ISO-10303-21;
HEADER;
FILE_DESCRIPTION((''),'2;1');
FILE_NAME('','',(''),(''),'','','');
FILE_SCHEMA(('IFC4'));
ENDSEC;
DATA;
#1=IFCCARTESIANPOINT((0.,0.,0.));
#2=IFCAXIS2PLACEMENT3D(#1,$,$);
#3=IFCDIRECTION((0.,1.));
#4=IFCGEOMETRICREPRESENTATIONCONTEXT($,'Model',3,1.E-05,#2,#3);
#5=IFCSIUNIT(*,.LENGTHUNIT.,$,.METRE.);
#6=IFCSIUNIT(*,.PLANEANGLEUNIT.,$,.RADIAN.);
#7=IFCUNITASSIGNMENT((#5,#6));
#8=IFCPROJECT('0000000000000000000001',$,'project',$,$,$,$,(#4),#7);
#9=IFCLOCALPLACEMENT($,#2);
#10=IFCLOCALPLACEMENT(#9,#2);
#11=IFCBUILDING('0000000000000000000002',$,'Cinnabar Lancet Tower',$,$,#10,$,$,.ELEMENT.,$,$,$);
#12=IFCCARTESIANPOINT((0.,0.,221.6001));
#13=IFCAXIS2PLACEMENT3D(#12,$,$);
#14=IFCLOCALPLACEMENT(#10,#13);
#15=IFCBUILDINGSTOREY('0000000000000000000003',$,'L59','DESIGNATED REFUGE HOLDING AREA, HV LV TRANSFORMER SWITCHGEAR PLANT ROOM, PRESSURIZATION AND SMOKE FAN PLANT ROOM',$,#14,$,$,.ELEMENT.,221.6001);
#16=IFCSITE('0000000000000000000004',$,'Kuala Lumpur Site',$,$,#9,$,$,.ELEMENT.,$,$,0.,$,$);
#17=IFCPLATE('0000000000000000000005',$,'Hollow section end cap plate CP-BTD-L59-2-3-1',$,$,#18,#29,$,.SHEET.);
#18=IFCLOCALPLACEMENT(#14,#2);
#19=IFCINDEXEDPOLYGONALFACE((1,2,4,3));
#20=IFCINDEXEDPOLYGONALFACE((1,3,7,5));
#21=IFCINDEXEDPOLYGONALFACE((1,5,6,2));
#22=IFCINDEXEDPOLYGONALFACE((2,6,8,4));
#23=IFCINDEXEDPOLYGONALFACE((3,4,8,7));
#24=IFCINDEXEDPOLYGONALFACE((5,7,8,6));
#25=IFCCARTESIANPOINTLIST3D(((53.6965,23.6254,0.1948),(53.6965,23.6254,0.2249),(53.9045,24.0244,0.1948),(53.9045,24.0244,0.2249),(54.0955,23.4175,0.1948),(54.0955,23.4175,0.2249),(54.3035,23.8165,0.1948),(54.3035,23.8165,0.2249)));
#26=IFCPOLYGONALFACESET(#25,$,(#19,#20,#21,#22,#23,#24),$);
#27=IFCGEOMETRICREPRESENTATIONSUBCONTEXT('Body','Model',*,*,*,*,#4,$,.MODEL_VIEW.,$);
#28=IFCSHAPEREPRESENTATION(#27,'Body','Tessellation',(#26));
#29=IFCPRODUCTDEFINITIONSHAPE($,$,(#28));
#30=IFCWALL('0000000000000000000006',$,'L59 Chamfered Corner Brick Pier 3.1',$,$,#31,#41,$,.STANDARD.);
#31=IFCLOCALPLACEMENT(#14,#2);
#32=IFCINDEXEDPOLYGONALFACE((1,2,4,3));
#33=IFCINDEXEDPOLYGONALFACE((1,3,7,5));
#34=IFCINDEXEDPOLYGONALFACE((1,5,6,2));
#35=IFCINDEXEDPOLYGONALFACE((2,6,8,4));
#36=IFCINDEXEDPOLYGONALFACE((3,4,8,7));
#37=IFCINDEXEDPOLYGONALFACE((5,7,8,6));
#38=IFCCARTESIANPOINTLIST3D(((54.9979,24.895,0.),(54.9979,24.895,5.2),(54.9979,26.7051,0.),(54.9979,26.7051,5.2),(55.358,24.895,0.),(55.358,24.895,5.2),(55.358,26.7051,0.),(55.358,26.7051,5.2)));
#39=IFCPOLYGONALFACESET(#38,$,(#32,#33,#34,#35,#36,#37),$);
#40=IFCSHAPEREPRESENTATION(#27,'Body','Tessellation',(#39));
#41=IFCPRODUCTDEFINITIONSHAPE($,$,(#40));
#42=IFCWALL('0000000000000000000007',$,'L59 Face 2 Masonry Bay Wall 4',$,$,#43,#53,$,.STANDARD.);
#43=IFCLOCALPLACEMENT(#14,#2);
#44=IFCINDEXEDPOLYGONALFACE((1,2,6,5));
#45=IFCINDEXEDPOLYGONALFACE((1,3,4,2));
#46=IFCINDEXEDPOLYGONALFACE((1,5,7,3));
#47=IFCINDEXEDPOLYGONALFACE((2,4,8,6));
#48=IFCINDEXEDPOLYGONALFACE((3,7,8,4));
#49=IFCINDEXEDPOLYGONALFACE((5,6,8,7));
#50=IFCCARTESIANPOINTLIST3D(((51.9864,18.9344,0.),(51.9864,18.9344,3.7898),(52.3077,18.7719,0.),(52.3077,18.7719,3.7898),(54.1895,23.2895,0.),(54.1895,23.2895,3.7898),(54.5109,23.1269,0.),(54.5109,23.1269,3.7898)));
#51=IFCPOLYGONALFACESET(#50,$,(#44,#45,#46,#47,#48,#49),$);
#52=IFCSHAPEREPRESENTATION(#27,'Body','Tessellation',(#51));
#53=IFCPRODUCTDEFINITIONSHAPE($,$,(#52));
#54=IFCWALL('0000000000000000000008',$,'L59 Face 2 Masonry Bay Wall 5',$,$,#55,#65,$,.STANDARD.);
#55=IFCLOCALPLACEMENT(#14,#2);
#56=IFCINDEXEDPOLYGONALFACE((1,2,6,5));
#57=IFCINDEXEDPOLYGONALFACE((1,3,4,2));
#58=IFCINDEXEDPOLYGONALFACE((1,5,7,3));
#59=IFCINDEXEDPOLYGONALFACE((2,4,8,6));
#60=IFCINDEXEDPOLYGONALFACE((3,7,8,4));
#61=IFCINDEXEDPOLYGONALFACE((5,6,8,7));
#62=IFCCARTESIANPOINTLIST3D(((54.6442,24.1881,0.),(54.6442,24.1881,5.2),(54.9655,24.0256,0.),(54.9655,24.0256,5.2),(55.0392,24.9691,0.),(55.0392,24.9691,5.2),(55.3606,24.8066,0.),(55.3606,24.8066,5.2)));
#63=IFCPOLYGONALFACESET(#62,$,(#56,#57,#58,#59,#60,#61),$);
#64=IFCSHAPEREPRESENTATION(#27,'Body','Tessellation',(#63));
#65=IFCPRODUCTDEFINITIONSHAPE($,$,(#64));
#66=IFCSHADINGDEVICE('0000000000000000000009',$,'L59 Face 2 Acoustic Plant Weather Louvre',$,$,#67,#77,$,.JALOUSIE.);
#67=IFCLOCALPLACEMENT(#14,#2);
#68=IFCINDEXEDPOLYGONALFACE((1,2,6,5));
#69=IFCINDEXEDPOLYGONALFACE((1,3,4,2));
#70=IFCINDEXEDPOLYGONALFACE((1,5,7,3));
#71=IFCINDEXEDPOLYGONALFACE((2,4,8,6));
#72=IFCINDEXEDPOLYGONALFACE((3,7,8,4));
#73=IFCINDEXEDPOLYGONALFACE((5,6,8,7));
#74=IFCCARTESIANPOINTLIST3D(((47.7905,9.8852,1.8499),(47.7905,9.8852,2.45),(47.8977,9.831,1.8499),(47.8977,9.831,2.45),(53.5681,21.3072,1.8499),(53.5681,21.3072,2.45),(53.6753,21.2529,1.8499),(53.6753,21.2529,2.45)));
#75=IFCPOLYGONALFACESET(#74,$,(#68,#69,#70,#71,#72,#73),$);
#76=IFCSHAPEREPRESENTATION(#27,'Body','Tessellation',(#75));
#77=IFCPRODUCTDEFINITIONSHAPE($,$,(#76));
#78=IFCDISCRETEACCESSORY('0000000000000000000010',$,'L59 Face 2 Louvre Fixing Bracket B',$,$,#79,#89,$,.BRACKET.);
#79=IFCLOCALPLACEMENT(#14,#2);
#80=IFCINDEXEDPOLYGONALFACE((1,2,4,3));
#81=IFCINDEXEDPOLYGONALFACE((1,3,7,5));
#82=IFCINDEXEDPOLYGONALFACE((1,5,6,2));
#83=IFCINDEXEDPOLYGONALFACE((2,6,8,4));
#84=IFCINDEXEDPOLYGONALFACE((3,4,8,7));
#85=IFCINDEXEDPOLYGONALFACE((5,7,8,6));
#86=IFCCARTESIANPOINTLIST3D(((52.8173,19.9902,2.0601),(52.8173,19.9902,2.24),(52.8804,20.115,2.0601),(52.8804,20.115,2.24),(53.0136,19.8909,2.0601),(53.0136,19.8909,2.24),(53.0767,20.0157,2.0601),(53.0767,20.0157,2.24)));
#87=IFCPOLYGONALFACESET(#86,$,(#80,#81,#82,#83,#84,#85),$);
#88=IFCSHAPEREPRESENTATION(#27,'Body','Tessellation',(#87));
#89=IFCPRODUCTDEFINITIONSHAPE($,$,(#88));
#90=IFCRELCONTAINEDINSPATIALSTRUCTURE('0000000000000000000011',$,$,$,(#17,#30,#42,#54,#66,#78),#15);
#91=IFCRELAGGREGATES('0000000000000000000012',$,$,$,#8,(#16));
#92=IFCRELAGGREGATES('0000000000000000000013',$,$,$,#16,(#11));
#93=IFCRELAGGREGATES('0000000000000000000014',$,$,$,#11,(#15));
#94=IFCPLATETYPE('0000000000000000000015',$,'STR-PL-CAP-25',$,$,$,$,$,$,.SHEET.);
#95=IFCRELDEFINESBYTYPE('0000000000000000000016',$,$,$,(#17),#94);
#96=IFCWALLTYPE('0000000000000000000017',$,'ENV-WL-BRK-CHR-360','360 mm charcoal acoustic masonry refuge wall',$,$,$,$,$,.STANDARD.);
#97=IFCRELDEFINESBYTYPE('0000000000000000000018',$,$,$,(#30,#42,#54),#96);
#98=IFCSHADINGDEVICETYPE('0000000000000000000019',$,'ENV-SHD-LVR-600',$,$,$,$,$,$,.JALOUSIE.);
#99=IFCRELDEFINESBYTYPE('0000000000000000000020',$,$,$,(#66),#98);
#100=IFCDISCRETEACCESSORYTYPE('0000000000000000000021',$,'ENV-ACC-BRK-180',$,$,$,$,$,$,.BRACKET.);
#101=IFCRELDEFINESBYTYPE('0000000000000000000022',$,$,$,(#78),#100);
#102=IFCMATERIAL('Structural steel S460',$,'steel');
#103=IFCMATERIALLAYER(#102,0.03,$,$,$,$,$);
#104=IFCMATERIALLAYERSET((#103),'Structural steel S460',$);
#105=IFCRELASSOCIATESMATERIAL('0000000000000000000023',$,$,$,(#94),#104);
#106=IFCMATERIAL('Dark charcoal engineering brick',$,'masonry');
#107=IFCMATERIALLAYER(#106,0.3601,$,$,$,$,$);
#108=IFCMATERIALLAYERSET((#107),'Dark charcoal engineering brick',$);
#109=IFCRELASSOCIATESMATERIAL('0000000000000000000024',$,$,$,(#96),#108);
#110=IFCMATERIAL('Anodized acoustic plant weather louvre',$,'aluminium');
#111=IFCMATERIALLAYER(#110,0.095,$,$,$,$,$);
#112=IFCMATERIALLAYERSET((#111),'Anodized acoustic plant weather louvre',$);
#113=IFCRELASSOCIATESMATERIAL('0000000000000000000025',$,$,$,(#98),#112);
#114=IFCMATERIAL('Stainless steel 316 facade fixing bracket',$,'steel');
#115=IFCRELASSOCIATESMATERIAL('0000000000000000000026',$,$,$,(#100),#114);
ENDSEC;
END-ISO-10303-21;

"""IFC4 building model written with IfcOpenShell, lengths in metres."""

from ifc_helpers import new_model, si_unit, direction, frame, frame_2d, origin, origin_2d, place, context, subcontext, project, spatial, rectangle, extrude, material, layer, layer_set, type_object, element, save


model = new_model("IFC4")

# Units and contexts
model_context = context("Model", 3, precision=1e-05, world=origin(), true_north=direction((0.0, 1.0)))
body_context = subcontext(model_context, "Body", "Model", "MODEL_VIEW")
ifc_project = project(units=[si_unit("LENGTHUNIT", "METRE"), si_unit("PLANEANGLEUNIT", "RADIAN")], contexts=[model_context])

# Site, building, storey
site_placement = place(None, origin())
site = spatial("IfcSite", under=ifc_project, at=site_placement, Name="Kuala Lumpur Site", CompositionType="ELEMENT", RefElevation=0.0)
building_placement = place(site_placement, origin())
building = spatial("IfcBuilding", under=site, at=building_placement, Name="Cinnabar Lancet Tower", CompositionType="ELEMENT")
storey_placement = place(building_placement, frame((0.0, 0.0, 221.6001)))
storey = spatial("IfcBuildingStorey", under=building, at=storey_placement, Name="L59", Description="DESIGNATED REFUGE HOLDING AREA, HV LV TRANSFORMER SWITCHGEAR PLANT ROOM, PRESSURIZATION AND SMOKE FAN PLANT ROOM", CompositionType="ELEMENT", Elevation=221.6001)

# Plate
ifc_material_1 = material(Name="Structural steel S460", Category="steel")
ifc_layer_1 = layer(ifc_material_1, 0.03)
ifc_layer_set_1 = layer_set([ifc_layer_1], Name="Structural steel S460")
plate_type = type_object("IfcPlateType", Name="STR-PL-CAP-25", PredefinedType="SHEET", material=ifc_layer_set_1)
for number, where, z_axis, x_axis, name in (
    (1, (54.0, 23.7209, 0.1948), (0.0, 0.0, 1.0), (0.46212, 0.886817, 0.0), "Hollow section end cap plate CP-BTD-L59-2-3-1"),
):
    element("IfcPlate", number, at=place(storey_placement, frame(where, z_axis=z_axis, x_axis=x_axis)), inside=storey, type_object=plate_type, Name=name, PredefinedType="SHEET", context=body_context, shape_type="SweptSolid", body=[
        extrude(rectangle(XDim=0.45, YDim=0.45, at=origin_2d()), origin(), (0.0, 0.0, 1.0), 0.03),
    ])

# Walls
ifc_material_2 = material(Name="Dark charcoal engineering brick", Category="masonry")
ifc_layer_2 = layer(ifc_material_2, 0.3601)
ifc_layer_set_2 = layer_set([ifc_layer_2], Name="Dark charcoal engineering brick")
wall_type = type_object("IfcWallType", Name="ENV-WL-BRK-CHR-360", Description="360 mm charcoal acoustic masonry refuge wall", PredefinedType="STANDARD", material=ifc_layer_set_2)
wall_1_placement = place(storey_placement, frame((55.178, 24.895, 0.0), z_axis=(0.0, 0.0, 1.0), x_axis=(0.0, 1.0, 0.0)))
element("IfcWall", 2, at=wall_1_placement, inside=storey, type_object=wall_type, Name="L59 Chamfered Corner Brick Pier 3.1", PredefinedType="STANDARD", context=body_context, shape_type="SweptSolid", body=[
    extrude(rectangle(XDim=1.8101, YDim=0.3601, at=frame_2d((0.905, 0.0))), origin(), (0.0, 0.0, 1.0), 5.2),
])
wall_2_placement = place(storey_placement, frame((52.147, 18.853, 0.0), z_axis=(0.0, 0.0, 1.0), x_axis=(0.451411, 0.892316, 0.0)))
element("IfcWall", 3, at=wall_2_placement, inside=storey, type_object=wall_type, Name="L59 Face 2 Masonry Bay Wall 4", PredefinedType="STANDARD", context=body_context, shape_type="SweptSolid", body=[
    extrude(rectangle(XDim=4.8806, YDim=0.3601, at=frame_2d((2.4404, 0.0))), origin(), (0.0, 0.0, 1.0), 3.7898),
])
wall_3_placement = place(storey_placement, frame((54.8049, 24.1069, 0.0), z_axis=(0.0, 0.0, 1.0), x_axis=(0.451337, 0.892353, 0.0)))
element("IfcWall", 4, at=wall_3_placement, inside=storey, type_object=wall_type, Name="L59 Face 2 Masonry Bay Wall 5", PredefinedType="STANDARD", context=body_context, shape_type="SweptSolid", body=[
    extrude(rectangle(XDim=0.8752, YDim=0.3601, at=frame_2d((0.4375, 0.0))), origin(), (0.0, 0.0, 1.0), 5.2),
])

# Shading device
ifc_material_3 = material(Name="Anodized acoustic plant weather louvre", Category="aluminium")
ifc_layer_3 = layer(ifc_material_3, 0.095)
ifc_layer_set_3 = layer_set([ifc_layer_3], Name="Anodized acoustic plant weather louvre")
shading_device_type = type_object("IfcShadingDeviceType", Name="ENV-SHD-LVR-600", PredefinedType="JALOUSIE", material=ifc_layer_set_3)
shading_device_placement = place(storey_placement, frame((50.7329, 15.5691, 1.8499), z_axis=(0.0, 0.0, 1.0), x_axis=(0.451376, 0.892334, 0.0)))
element("IfcShadingDevice", 5, at=shading_device_placement, inside=storey, type_object=shading_device_type, Name="L59 Face 2 Acoustic Plant Weather Louvre", PredefinedType="JALOUSIE", context=body_context, shape_type="SweptSolid", body=[
    extrude(rectangle(XDim=12.8, YDim=0.1201, at=origin_2d()), origin(), (0.0, 0.0, 1.0), 0.6001),
])

# Discrete accessory
ifc_material_4 = material(Name="Stainless steel 316 facade fixing bracket", Category="steel")
discrete_accessory_type = type_object("IfcDiscreteAccessoryType", Name="ENV-ACC-BRK-180", PredefinedType="BRACKET", material=ifc_material_4)
discrete_accessory_placement = place(storey_placement, frame((52.947, 20.0029, 2.0601), z_axis=(0.0, 0.0, 1.0), x_axis=(0.451376, 0.892334, 0.0)))
element("IfcDiscreteAccessory", 6, at=discrete_accessory_placement, inside=storey, type_object=discrete_accessory_type, Name="L59 Face 2 Louvre Fixing Bracket B", PredefinedType="BRACKET", context=body_context, shape_type="SweptSolid", body=[
    extrude(rectangle(XDim=0.1399, YDim=0.22, at=origin_2d()), origin(), (0.0, 0.0, 1.0), 0.1799),
])

save(model, "model.ifc")
